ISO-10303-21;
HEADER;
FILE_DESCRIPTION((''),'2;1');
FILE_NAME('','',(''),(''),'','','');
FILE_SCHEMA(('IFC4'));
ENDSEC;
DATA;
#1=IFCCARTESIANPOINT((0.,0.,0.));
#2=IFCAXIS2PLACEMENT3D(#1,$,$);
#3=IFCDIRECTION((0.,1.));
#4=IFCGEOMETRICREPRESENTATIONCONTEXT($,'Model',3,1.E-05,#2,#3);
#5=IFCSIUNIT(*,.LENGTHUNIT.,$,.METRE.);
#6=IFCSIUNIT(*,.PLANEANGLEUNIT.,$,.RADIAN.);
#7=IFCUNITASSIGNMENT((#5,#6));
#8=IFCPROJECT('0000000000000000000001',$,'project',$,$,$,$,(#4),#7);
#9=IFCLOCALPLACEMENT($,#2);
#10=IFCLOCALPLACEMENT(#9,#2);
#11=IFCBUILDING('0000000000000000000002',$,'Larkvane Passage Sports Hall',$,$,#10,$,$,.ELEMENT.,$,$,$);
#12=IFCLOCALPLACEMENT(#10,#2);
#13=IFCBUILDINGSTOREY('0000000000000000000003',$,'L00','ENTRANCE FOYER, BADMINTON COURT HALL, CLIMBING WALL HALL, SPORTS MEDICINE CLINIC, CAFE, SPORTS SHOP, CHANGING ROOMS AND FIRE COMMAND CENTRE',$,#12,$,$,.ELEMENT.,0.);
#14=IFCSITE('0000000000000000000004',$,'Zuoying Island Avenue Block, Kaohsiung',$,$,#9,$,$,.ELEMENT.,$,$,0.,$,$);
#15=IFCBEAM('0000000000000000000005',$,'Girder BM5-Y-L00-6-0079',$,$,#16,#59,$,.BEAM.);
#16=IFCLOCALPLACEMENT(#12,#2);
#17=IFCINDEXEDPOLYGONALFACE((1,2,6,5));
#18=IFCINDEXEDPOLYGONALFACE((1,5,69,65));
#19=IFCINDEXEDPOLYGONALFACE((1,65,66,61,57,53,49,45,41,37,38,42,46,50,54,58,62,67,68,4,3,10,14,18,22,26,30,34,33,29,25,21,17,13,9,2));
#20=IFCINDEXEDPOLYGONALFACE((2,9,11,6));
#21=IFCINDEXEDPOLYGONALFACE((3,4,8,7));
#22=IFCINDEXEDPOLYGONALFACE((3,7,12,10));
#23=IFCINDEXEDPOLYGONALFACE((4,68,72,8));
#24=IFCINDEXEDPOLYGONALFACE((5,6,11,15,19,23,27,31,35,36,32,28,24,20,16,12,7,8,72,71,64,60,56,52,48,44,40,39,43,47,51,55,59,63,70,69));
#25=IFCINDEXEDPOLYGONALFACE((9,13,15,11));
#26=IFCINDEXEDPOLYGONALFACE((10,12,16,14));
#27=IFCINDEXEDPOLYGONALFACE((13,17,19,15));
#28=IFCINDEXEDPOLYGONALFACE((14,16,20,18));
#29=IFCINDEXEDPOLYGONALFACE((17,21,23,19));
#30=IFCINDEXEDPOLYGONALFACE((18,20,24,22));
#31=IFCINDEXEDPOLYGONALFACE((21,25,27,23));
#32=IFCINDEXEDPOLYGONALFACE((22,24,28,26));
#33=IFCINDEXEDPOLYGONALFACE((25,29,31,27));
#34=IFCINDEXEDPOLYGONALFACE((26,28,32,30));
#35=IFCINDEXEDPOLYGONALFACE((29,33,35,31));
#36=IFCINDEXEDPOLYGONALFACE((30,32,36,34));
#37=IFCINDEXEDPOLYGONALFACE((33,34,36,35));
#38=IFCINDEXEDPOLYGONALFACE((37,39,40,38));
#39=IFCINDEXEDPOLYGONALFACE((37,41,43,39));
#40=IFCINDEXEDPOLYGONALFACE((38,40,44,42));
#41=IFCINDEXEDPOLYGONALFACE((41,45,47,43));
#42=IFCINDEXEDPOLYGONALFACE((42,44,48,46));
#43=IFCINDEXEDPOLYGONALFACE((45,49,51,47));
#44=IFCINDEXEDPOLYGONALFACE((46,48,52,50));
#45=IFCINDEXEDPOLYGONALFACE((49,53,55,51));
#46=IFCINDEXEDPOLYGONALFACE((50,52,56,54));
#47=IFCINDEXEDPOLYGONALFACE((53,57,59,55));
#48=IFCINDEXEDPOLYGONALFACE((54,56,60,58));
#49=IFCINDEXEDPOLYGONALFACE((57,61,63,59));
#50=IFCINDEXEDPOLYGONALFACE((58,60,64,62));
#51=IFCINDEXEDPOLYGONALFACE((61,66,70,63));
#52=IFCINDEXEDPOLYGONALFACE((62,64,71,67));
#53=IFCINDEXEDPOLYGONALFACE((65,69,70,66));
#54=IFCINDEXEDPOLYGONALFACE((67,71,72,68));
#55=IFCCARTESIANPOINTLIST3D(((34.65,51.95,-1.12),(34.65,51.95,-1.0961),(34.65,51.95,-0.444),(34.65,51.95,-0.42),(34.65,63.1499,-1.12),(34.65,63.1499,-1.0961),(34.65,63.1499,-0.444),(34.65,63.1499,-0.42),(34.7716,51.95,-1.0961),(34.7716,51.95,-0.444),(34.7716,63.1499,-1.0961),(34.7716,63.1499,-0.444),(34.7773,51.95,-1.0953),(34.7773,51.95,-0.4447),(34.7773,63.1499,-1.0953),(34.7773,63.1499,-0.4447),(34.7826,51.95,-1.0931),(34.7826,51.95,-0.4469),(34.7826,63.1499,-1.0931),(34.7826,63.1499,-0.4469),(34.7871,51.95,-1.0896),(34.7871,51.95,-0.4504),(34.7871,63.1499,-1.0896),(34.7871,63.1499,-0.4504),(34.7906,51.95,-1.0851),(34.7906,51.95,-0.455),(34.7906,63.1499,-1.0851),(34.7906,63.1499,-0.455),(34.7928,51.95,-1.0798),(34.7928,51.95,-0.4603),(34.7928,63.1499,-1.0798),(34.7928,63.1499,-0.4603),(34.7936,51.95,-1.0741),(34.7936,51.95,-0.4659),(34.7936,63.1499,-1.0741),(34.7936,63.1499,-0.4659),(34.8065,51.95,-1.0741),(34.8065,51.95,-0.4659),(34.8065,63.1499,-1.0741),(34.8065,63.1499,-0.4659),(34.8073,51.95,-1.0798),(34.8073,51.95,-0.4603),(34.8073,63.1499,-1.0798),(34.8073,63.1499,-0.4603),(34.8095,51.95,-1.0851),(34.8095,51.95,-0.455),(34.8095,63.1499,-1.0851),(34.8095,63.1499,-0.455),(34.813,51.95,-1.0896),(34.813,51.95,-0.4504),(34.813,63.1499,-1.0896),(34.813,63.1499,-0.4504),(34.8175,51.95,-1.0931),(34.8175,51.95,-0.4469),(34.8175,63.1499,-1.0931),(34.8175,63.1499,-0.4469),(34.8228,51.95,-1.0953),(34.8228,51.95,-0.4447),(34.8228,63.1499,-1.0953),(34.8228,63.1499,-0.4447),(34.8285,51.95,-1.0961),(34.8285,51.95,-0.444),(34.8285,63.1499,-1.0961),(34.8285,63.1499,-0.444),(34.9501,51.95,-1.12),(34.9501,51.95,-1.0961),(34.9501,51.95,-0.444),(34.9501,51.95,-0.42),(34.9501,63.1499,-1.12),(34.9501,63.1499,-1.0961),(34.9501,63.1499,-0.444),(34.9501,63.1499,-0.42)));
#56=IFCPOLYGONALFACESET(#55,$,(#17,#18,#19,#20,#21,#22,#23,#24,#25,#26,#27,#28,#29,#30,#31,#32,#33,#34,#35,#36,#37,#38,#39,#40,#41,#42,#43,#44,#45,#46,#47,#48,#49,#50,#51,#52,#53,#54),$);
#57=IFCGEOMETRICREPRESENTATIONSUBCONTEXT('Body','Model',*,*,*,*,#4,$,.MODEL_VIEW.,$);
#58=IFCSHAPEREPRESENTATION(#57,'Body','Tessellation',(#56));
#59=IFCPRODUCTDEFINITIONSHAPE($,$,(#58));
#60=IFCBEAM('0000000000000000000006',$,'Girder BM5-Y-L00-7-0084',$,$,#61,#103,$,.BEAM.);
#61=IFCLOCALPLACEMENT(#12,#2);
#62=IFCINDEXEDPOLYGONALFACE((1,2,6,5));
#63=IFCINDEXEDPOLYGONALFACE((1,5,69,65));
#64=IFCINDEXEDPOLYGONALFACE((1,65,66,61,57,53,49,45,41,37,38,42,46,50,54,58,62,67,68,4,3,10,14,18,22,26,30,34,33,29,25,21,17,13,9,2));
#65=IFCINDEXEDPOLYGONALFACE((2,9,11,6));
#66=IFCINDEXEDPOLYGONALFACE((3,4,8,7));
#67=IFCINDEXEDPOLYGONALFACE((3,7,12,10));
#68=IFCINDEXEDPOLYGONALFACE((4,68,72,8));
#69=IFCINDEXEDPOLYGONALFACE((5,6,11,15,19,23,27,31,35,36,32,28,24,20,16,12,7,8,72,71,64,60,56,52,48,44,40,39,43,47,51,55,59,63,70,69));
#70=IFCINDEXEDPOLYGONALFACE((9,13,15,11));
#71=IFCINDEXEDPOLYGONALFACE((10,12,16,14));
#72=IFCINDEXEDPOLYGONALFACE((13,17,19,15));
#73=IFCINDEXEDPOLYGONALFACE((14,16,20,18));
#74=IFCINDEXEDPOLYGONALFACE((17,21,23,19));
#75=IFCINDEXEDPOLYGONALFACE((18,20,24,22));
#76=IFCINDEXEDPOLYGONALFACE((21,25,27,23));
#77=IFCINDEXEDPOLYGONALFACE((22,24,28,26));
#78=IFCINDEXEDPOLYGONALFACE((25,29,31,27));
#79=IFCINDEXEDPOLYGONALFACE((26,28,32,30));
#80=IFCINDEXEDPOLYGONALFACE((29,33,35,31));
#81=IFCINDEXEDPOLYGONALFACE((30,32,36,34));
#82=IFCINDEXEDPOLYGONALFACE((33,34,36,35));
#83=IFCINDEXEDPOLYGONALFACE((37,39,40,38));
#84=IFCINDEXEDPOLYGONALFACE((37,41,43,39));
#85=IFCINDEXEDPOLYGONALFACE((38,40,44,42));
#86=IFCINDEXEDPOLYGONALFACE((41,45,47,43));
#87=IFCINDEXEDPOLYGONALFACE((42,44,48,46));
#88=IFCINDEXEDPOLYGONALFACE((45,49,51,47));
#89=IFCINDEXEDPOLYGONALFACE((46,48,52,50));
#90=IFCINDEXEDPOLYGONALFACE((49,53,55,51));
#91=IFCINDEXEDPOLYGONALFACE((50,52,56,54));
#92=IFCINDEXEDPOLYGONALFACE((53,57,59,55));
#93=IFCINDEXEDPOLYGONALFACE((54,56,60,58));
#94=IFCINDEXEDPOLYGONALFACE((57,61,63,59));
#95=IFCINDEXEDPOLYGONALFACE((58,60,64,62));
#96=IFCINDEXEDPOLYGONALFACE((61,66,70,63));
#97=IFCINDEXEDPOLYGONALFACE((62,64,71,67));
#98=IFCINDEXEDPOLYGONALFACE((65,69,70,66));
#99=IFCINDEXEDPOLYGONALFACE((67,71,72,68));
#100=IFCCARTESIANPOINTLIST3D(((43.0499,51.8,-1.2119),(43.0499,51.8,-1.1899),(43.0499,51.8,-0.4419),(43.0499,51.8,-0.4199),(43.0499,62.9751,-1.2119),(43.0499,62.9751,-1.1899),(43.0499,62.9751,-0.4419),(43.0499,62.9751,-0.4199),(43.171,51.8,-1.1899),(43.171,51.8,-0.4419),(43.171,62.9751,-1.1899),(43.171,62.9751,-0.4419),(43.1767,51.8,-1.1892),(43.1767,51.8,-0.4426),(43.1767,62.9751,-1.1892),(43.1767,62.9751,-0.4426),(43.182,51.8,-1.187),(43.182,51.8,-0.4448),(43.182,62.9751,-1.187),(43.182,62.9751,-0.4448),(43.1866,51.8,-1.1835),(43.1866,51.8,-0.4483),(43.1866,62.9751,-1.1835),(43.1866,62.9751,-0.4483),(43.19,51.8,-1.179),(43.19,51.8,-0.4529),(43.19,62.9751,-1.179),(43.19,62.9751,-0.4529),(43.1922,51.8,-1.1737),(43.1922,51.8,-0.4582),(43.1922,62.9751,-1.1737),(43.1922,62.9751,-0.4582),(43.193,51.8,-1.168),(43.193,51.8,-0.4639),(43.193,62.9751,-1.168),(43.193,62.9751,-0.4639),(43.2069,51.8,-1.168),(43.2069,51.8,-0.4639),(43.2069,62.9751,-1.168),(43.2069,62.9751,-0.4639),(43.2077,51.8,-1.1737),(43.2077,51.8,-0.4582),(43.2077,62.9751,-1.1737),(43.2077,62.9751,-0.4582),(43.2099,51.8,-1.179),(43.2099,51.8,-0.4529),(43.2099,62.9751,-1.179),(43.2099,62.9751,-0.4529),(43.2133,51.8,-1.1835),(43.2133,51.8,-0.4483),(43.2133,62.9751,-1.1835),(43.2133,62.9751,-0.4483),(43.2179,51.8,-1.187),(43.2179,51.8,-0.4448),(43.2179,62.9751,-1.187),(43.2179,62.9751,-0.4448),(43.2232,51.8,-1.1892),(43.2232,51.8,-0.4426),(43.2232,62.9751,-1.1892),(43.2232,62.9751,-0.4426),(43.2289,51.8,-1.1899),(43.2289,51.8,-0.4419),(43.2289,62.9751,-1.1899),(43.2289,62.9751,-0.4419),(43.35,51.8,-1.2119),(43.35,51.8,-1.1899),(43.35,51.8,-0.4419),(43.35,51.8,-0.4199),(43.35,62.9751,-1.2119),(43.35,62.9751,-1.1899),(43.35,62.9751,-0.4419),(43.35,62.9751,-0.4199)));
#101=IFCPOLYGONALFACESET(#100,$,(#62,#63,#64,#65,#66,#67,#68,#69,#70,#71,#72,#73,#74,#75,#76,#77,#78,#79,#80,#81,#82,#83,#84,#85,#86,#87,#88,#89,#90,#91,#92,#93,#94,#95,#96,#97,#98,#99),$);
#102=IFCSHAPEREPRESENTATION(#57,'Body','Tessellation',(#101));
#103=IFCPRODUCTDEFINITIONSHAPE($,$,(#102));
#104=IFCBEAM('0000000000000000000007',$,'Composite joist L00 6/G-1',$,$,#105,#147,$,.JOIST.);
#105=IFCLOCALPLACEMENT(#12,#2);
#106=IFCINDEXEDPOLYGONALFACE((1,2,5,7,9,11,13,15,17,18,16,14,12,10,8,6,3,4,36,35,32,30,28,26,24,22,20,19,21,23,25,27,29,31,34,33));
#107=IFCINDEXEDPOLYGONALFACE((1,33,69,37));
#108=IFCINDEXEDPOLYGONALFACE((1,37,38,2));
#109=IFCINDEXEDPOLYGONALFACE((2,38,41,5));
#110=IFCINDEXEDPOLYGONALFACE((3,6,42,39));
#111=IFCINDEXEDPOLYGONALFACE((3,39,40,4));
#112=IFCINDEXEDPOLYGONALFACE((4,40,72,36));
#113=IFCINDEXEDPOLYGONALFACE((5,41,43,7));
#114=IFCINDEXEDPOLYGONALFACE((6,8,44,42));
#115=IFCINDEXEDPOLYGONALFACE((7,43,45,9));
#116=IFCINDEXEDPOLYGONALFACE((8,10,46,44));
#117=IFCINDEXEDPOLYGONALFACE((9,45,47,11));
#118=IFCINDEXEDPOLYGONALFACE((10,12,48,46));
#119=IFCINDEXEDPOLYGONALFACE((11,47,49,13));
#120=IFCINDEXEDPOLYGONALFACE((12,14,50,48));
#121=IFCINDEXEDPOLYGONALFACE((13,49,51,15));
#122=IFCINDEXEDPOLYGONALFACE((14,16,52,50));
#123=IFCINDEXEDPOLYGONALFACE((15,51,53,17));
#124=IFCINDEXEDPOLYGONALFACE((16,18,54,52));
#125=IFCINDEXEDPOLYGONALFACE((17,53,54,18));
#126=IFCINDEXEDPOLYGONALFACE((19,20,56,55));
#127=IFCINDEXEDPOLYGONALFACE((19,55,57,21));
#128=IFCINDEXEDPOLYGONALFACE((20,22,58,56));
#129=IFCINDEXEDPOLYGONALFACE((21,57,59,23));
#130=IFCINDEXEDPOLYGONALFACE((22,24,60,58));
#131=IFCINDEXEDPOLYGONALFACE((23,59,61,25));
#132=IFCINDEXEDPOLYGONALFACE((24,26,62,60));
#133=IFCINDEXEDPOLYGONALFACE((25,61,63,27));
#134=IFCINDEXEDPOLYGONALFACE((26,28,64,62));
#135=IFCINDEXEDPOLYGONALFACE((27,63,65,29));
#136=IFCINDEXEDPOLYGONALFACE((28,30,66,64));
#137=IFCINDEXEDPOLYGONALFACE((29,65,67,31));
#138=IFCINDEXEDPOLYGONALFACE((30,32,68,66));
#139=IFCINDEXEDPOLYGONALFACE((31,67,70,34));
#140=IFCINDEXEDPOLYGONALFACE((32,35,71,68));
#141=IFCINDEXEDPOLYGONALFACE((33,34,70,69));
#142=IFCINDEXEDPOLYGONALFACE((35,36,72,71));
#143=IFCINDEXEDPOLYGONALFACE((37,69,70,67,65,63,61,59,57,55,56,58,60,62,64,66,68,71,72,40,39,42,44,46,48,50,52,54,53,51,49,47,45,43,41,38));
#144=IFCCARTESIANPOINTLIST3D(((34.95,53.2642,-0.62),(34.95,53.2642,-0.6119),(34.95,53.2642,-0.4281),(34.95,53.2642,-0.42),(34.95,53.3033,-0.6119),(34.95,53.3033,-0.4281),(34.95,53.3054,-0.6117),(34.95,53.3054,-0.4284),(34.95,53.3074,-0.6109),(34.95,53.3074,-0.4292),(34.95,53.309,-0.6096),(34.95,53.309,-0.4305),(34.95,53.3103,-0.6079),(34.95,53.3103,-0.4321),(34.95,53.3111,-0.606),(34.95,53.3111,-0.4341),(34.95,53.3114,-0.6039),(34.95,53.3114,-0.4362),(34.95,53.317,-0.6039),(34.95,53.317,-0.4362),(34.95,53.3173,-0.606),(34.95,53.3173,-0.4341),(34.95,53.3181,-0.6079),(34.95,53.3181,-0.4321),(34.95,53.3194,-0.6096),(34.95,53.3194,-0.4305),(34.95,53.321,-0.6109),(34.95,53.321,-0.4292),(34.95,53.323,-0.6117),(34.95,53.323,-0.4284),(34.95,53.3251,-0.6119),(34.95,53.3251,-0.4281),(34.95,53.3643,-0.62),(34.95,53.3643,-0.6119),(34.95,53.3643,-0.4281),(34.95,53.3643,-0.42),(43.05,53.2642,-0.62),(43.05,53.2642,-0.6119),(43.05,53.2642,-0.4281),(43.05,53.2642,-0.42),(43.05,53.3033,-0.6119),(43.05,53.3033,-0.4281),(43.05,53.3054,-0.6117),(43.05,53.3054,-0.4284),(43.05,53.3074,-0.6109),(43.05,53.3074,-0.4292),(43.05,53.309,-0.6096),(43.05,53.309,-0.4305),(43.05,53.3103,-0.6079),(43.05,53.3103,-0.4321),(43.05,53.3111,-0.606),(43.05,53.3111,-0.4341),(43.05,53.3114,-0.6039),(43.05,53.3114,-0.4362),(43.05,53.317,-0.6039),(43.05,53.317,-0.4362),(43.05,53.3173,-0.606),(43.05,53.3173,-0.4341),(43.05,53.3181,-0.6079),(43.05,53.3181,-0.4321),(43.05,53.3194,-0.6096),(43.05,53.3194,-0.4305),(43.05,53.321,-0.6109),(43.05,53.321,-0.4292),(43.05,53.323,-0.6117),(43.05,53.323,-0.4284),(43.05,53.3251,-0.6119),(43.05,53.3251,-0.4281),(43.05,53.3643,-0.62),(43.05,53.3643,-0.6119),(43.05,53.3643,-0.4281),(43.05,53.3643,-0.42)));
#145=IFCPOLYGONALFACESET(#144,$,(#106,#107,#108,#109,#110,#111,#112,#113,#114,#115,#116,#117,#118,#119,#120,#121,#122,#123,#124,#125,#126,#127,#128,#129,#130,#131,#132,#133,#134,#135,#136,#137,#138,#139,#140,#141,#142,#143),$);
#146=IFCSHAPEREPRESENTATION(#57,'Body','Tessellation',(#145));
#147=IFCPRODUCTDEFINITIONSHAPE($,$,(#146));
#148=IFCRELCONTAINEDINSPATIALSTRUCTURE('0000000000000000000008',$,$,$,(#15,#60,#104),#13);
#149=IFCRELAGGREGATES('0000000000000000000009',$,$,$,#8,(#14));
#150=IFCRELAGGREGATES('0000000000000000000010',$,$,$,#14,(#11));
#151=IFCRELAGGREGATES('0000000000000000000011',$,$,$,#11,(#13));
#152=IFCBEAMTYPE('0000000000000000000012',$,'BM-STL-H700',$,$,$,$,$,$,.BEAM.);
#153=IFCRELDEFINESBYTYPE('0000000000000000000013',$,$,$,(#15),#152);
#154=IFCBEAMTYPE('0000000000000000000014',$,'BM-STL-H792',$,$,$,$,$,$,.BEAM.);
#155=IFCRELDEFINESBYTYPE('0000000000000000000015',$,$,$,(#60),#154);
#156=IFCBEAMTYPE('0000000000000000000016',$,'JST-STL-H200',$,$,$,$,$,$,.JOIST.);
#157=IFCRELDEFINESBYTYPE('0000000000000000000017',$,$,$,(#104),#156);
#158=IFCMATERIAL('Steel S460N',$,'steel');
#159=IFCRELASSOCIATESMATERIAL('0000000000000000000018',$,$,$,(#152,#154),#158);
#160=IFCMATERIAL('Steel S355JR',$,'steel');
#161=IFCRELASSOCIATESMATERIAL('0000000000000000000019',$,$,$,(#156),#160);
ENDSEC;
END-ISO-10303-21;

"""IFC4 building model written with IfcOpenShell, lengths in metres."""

from ifc_helpers import new_model, si_unit, direction, frame, origin, origin_2d, place, context, subcontext, project, spatial, i_section, extrude, material, material_profile, profile_set, type_object, element, save


model = new_model("IFC4")

# Units and contexts
model_context = context("Model", 3, precision=1e-05, world=origin(), true_north=direction((0.0, 1.0)))
body_context = subcontext(model_context, "Body", "Model", "MODEL_VIEW")
ifc_project = project(units=[si_unit("LENGTHUNIT", "METRE"), si_unit("PLANEANGLEUNIT", "RADIAN")], contexts=[model_context])

# Site, building, storey
site_placement = place(None, origin())
site = spatial("IfcSite", under=ifc_project, at=site_placement, Name="Zuoying Island Avenue Block, Kaohsiung", CompositionType="ELEMENT", RefElevation=0.0)
building_placement = place(site_placement, origin())
building = spatial("IfcBuilding", under=site, at=building_placement, Name="Larkvane Passage Sports Hall", CompositionType="ELEMENT")
storey_placement = place(building_placement, origin())
storey = spatial("IfcBuildingStorey", under=building, at=storey_placement, Name="L00", Description="ENTRANCE FOYER, BADMINTON COURT HALL, CLIMBING WALL HALL, SPORTS MEDICINE CLINIC, CAFE, SPORTS SHOP, CHANGING ROOMS AND FIRE COMMAND CENTRE", CompositionType="ELEMENT", Elevation=0.0)

# Shared definitions
ifc_material_1 = material(Name="Steel S460N", Category="steel")

# Beams
ifc_material_profile_1 = material_profile(ifc_material_1, i_section(OverallWidth=0.3, OverallDepth=0.7, WebThickness=0.0129, FlangeThickness=0.0239, FilletRadius=0.022, at=origin_2d()), Name="H-700x300x13x24")
ifc_profile_set_1 = profile_set([ifc_material_profile_1], Name="Steel S460N")
beam_type_1 = type_object("IfcBeamType", Name="BM-STL-H700", PredefinedType="BEAM", material=ifc_profile_set_1)
beam_1_placement = place(storey_placement, frame((34.8, 51.95, -0.77), z_axis=(0.0, 1.0, 0.0), x_axis=(-1.0, 0.0, 0.0)))
element("IfcBeam", 1, at=beam_1_placement, inside=storey, type_object=beam_type_1, Name="Girder BM5-Y-L00-6-0079", PredefinedType="BEAM", context=body_context, shape_type="SweptSolid", body=[
    extrude(i_section(OverallWidth=0.3, OverallDepth=0.7, WebThickness=0.0129, FlangeThickness=0.0239, FilletRadius=0.022, at=origin_2d()), origin(), (0.0, 0.0, 1.0), 11.2),
])
ifc_material_profile_2 = material_profile(ifc_material_1, i_section(OverallWidth=0.3, OverallDepth=0.792, WebThickness=0.0139, FlangeThickness=0.022, FilletRadius=0.022, at=origin_2d()), Name="H-792x300x14x22")
ifc_profile_set_2 = profile_set([ifc_material_profile_2], Name="Steel S460N")
beam_type_2 = type_object("IfcBeamType", Name="BM-STL-H792", PredefinedType="BEAM", material=ifc_profile_set_2)
beam_2_placement = place(storey_placement, frame((43.2, 51.8, -0.8159), z_axis=(0.0, 1.0, 0.0), x_axis=(-1.0, 0.0, 0.0)))
element("IfcBeam", 2, at=beam_2_placement, inside=storey, type_object=beam_type_2, Name="Girder BM5-Y-L00-7-0084", PredefinedType="BEAM", context=body_context, shape_type="SweptSolid", body=[
    extrude(i_section(OverallWidth=0.3, OverallDepth=0.792, WebThickness=0.0139, FlangeThickness=0.022, FilletRadius=0.022, at=origin_2d()), origin(), (0.0, 0.0, 1.0), 11.175),
])
ifc_material_2 = material(Name="Steel S355JR", Category="steel")
ifc_material_profile_3 = material_profile(ifc_material_2, i_section(OverallWidth=0.1001, OverallDepth=0.2, WebThickness=0.0056, FlangeThickness=0.0081, FilletRadius=0.0081, at=origin_2d()), Name="H-200x100x5.5x8")
ifc_profile_set_3 = profile_set([ifc_material_profile_3], Name="Steel S355JR")
beam_type_3 = type_object("IfcBeamType", Name="JST-STL-H200", PredefinedType="JOIST", material=ifc_profile_set_3)
beam_3_placement = place(storey_placement, frame((34.95, 53.3142, -0.52), z_axis=(1.0, 0.0, 0.0), x_axis=(0.0, 1.0, 0.0)))
element("IfcBeam", 3, at=beam_3_placement, inside=storey, type_object=beam_type_3, Name="Composite joist L00 6/G-1", PredefinedType="JOIST", context=body_context, shape_type="SweptSolid", body=[
    extrude(i_section(OverallWidth=0.1001, OverallDepth=0.2, WebThickness=0.0056, FlangeThickness=0.0081, FilletRadius=0.0081, at=origin_2d()), origin(), (0.0, 0.0, 1.0), 8.1001),
])

save(model, "model.ifc")
